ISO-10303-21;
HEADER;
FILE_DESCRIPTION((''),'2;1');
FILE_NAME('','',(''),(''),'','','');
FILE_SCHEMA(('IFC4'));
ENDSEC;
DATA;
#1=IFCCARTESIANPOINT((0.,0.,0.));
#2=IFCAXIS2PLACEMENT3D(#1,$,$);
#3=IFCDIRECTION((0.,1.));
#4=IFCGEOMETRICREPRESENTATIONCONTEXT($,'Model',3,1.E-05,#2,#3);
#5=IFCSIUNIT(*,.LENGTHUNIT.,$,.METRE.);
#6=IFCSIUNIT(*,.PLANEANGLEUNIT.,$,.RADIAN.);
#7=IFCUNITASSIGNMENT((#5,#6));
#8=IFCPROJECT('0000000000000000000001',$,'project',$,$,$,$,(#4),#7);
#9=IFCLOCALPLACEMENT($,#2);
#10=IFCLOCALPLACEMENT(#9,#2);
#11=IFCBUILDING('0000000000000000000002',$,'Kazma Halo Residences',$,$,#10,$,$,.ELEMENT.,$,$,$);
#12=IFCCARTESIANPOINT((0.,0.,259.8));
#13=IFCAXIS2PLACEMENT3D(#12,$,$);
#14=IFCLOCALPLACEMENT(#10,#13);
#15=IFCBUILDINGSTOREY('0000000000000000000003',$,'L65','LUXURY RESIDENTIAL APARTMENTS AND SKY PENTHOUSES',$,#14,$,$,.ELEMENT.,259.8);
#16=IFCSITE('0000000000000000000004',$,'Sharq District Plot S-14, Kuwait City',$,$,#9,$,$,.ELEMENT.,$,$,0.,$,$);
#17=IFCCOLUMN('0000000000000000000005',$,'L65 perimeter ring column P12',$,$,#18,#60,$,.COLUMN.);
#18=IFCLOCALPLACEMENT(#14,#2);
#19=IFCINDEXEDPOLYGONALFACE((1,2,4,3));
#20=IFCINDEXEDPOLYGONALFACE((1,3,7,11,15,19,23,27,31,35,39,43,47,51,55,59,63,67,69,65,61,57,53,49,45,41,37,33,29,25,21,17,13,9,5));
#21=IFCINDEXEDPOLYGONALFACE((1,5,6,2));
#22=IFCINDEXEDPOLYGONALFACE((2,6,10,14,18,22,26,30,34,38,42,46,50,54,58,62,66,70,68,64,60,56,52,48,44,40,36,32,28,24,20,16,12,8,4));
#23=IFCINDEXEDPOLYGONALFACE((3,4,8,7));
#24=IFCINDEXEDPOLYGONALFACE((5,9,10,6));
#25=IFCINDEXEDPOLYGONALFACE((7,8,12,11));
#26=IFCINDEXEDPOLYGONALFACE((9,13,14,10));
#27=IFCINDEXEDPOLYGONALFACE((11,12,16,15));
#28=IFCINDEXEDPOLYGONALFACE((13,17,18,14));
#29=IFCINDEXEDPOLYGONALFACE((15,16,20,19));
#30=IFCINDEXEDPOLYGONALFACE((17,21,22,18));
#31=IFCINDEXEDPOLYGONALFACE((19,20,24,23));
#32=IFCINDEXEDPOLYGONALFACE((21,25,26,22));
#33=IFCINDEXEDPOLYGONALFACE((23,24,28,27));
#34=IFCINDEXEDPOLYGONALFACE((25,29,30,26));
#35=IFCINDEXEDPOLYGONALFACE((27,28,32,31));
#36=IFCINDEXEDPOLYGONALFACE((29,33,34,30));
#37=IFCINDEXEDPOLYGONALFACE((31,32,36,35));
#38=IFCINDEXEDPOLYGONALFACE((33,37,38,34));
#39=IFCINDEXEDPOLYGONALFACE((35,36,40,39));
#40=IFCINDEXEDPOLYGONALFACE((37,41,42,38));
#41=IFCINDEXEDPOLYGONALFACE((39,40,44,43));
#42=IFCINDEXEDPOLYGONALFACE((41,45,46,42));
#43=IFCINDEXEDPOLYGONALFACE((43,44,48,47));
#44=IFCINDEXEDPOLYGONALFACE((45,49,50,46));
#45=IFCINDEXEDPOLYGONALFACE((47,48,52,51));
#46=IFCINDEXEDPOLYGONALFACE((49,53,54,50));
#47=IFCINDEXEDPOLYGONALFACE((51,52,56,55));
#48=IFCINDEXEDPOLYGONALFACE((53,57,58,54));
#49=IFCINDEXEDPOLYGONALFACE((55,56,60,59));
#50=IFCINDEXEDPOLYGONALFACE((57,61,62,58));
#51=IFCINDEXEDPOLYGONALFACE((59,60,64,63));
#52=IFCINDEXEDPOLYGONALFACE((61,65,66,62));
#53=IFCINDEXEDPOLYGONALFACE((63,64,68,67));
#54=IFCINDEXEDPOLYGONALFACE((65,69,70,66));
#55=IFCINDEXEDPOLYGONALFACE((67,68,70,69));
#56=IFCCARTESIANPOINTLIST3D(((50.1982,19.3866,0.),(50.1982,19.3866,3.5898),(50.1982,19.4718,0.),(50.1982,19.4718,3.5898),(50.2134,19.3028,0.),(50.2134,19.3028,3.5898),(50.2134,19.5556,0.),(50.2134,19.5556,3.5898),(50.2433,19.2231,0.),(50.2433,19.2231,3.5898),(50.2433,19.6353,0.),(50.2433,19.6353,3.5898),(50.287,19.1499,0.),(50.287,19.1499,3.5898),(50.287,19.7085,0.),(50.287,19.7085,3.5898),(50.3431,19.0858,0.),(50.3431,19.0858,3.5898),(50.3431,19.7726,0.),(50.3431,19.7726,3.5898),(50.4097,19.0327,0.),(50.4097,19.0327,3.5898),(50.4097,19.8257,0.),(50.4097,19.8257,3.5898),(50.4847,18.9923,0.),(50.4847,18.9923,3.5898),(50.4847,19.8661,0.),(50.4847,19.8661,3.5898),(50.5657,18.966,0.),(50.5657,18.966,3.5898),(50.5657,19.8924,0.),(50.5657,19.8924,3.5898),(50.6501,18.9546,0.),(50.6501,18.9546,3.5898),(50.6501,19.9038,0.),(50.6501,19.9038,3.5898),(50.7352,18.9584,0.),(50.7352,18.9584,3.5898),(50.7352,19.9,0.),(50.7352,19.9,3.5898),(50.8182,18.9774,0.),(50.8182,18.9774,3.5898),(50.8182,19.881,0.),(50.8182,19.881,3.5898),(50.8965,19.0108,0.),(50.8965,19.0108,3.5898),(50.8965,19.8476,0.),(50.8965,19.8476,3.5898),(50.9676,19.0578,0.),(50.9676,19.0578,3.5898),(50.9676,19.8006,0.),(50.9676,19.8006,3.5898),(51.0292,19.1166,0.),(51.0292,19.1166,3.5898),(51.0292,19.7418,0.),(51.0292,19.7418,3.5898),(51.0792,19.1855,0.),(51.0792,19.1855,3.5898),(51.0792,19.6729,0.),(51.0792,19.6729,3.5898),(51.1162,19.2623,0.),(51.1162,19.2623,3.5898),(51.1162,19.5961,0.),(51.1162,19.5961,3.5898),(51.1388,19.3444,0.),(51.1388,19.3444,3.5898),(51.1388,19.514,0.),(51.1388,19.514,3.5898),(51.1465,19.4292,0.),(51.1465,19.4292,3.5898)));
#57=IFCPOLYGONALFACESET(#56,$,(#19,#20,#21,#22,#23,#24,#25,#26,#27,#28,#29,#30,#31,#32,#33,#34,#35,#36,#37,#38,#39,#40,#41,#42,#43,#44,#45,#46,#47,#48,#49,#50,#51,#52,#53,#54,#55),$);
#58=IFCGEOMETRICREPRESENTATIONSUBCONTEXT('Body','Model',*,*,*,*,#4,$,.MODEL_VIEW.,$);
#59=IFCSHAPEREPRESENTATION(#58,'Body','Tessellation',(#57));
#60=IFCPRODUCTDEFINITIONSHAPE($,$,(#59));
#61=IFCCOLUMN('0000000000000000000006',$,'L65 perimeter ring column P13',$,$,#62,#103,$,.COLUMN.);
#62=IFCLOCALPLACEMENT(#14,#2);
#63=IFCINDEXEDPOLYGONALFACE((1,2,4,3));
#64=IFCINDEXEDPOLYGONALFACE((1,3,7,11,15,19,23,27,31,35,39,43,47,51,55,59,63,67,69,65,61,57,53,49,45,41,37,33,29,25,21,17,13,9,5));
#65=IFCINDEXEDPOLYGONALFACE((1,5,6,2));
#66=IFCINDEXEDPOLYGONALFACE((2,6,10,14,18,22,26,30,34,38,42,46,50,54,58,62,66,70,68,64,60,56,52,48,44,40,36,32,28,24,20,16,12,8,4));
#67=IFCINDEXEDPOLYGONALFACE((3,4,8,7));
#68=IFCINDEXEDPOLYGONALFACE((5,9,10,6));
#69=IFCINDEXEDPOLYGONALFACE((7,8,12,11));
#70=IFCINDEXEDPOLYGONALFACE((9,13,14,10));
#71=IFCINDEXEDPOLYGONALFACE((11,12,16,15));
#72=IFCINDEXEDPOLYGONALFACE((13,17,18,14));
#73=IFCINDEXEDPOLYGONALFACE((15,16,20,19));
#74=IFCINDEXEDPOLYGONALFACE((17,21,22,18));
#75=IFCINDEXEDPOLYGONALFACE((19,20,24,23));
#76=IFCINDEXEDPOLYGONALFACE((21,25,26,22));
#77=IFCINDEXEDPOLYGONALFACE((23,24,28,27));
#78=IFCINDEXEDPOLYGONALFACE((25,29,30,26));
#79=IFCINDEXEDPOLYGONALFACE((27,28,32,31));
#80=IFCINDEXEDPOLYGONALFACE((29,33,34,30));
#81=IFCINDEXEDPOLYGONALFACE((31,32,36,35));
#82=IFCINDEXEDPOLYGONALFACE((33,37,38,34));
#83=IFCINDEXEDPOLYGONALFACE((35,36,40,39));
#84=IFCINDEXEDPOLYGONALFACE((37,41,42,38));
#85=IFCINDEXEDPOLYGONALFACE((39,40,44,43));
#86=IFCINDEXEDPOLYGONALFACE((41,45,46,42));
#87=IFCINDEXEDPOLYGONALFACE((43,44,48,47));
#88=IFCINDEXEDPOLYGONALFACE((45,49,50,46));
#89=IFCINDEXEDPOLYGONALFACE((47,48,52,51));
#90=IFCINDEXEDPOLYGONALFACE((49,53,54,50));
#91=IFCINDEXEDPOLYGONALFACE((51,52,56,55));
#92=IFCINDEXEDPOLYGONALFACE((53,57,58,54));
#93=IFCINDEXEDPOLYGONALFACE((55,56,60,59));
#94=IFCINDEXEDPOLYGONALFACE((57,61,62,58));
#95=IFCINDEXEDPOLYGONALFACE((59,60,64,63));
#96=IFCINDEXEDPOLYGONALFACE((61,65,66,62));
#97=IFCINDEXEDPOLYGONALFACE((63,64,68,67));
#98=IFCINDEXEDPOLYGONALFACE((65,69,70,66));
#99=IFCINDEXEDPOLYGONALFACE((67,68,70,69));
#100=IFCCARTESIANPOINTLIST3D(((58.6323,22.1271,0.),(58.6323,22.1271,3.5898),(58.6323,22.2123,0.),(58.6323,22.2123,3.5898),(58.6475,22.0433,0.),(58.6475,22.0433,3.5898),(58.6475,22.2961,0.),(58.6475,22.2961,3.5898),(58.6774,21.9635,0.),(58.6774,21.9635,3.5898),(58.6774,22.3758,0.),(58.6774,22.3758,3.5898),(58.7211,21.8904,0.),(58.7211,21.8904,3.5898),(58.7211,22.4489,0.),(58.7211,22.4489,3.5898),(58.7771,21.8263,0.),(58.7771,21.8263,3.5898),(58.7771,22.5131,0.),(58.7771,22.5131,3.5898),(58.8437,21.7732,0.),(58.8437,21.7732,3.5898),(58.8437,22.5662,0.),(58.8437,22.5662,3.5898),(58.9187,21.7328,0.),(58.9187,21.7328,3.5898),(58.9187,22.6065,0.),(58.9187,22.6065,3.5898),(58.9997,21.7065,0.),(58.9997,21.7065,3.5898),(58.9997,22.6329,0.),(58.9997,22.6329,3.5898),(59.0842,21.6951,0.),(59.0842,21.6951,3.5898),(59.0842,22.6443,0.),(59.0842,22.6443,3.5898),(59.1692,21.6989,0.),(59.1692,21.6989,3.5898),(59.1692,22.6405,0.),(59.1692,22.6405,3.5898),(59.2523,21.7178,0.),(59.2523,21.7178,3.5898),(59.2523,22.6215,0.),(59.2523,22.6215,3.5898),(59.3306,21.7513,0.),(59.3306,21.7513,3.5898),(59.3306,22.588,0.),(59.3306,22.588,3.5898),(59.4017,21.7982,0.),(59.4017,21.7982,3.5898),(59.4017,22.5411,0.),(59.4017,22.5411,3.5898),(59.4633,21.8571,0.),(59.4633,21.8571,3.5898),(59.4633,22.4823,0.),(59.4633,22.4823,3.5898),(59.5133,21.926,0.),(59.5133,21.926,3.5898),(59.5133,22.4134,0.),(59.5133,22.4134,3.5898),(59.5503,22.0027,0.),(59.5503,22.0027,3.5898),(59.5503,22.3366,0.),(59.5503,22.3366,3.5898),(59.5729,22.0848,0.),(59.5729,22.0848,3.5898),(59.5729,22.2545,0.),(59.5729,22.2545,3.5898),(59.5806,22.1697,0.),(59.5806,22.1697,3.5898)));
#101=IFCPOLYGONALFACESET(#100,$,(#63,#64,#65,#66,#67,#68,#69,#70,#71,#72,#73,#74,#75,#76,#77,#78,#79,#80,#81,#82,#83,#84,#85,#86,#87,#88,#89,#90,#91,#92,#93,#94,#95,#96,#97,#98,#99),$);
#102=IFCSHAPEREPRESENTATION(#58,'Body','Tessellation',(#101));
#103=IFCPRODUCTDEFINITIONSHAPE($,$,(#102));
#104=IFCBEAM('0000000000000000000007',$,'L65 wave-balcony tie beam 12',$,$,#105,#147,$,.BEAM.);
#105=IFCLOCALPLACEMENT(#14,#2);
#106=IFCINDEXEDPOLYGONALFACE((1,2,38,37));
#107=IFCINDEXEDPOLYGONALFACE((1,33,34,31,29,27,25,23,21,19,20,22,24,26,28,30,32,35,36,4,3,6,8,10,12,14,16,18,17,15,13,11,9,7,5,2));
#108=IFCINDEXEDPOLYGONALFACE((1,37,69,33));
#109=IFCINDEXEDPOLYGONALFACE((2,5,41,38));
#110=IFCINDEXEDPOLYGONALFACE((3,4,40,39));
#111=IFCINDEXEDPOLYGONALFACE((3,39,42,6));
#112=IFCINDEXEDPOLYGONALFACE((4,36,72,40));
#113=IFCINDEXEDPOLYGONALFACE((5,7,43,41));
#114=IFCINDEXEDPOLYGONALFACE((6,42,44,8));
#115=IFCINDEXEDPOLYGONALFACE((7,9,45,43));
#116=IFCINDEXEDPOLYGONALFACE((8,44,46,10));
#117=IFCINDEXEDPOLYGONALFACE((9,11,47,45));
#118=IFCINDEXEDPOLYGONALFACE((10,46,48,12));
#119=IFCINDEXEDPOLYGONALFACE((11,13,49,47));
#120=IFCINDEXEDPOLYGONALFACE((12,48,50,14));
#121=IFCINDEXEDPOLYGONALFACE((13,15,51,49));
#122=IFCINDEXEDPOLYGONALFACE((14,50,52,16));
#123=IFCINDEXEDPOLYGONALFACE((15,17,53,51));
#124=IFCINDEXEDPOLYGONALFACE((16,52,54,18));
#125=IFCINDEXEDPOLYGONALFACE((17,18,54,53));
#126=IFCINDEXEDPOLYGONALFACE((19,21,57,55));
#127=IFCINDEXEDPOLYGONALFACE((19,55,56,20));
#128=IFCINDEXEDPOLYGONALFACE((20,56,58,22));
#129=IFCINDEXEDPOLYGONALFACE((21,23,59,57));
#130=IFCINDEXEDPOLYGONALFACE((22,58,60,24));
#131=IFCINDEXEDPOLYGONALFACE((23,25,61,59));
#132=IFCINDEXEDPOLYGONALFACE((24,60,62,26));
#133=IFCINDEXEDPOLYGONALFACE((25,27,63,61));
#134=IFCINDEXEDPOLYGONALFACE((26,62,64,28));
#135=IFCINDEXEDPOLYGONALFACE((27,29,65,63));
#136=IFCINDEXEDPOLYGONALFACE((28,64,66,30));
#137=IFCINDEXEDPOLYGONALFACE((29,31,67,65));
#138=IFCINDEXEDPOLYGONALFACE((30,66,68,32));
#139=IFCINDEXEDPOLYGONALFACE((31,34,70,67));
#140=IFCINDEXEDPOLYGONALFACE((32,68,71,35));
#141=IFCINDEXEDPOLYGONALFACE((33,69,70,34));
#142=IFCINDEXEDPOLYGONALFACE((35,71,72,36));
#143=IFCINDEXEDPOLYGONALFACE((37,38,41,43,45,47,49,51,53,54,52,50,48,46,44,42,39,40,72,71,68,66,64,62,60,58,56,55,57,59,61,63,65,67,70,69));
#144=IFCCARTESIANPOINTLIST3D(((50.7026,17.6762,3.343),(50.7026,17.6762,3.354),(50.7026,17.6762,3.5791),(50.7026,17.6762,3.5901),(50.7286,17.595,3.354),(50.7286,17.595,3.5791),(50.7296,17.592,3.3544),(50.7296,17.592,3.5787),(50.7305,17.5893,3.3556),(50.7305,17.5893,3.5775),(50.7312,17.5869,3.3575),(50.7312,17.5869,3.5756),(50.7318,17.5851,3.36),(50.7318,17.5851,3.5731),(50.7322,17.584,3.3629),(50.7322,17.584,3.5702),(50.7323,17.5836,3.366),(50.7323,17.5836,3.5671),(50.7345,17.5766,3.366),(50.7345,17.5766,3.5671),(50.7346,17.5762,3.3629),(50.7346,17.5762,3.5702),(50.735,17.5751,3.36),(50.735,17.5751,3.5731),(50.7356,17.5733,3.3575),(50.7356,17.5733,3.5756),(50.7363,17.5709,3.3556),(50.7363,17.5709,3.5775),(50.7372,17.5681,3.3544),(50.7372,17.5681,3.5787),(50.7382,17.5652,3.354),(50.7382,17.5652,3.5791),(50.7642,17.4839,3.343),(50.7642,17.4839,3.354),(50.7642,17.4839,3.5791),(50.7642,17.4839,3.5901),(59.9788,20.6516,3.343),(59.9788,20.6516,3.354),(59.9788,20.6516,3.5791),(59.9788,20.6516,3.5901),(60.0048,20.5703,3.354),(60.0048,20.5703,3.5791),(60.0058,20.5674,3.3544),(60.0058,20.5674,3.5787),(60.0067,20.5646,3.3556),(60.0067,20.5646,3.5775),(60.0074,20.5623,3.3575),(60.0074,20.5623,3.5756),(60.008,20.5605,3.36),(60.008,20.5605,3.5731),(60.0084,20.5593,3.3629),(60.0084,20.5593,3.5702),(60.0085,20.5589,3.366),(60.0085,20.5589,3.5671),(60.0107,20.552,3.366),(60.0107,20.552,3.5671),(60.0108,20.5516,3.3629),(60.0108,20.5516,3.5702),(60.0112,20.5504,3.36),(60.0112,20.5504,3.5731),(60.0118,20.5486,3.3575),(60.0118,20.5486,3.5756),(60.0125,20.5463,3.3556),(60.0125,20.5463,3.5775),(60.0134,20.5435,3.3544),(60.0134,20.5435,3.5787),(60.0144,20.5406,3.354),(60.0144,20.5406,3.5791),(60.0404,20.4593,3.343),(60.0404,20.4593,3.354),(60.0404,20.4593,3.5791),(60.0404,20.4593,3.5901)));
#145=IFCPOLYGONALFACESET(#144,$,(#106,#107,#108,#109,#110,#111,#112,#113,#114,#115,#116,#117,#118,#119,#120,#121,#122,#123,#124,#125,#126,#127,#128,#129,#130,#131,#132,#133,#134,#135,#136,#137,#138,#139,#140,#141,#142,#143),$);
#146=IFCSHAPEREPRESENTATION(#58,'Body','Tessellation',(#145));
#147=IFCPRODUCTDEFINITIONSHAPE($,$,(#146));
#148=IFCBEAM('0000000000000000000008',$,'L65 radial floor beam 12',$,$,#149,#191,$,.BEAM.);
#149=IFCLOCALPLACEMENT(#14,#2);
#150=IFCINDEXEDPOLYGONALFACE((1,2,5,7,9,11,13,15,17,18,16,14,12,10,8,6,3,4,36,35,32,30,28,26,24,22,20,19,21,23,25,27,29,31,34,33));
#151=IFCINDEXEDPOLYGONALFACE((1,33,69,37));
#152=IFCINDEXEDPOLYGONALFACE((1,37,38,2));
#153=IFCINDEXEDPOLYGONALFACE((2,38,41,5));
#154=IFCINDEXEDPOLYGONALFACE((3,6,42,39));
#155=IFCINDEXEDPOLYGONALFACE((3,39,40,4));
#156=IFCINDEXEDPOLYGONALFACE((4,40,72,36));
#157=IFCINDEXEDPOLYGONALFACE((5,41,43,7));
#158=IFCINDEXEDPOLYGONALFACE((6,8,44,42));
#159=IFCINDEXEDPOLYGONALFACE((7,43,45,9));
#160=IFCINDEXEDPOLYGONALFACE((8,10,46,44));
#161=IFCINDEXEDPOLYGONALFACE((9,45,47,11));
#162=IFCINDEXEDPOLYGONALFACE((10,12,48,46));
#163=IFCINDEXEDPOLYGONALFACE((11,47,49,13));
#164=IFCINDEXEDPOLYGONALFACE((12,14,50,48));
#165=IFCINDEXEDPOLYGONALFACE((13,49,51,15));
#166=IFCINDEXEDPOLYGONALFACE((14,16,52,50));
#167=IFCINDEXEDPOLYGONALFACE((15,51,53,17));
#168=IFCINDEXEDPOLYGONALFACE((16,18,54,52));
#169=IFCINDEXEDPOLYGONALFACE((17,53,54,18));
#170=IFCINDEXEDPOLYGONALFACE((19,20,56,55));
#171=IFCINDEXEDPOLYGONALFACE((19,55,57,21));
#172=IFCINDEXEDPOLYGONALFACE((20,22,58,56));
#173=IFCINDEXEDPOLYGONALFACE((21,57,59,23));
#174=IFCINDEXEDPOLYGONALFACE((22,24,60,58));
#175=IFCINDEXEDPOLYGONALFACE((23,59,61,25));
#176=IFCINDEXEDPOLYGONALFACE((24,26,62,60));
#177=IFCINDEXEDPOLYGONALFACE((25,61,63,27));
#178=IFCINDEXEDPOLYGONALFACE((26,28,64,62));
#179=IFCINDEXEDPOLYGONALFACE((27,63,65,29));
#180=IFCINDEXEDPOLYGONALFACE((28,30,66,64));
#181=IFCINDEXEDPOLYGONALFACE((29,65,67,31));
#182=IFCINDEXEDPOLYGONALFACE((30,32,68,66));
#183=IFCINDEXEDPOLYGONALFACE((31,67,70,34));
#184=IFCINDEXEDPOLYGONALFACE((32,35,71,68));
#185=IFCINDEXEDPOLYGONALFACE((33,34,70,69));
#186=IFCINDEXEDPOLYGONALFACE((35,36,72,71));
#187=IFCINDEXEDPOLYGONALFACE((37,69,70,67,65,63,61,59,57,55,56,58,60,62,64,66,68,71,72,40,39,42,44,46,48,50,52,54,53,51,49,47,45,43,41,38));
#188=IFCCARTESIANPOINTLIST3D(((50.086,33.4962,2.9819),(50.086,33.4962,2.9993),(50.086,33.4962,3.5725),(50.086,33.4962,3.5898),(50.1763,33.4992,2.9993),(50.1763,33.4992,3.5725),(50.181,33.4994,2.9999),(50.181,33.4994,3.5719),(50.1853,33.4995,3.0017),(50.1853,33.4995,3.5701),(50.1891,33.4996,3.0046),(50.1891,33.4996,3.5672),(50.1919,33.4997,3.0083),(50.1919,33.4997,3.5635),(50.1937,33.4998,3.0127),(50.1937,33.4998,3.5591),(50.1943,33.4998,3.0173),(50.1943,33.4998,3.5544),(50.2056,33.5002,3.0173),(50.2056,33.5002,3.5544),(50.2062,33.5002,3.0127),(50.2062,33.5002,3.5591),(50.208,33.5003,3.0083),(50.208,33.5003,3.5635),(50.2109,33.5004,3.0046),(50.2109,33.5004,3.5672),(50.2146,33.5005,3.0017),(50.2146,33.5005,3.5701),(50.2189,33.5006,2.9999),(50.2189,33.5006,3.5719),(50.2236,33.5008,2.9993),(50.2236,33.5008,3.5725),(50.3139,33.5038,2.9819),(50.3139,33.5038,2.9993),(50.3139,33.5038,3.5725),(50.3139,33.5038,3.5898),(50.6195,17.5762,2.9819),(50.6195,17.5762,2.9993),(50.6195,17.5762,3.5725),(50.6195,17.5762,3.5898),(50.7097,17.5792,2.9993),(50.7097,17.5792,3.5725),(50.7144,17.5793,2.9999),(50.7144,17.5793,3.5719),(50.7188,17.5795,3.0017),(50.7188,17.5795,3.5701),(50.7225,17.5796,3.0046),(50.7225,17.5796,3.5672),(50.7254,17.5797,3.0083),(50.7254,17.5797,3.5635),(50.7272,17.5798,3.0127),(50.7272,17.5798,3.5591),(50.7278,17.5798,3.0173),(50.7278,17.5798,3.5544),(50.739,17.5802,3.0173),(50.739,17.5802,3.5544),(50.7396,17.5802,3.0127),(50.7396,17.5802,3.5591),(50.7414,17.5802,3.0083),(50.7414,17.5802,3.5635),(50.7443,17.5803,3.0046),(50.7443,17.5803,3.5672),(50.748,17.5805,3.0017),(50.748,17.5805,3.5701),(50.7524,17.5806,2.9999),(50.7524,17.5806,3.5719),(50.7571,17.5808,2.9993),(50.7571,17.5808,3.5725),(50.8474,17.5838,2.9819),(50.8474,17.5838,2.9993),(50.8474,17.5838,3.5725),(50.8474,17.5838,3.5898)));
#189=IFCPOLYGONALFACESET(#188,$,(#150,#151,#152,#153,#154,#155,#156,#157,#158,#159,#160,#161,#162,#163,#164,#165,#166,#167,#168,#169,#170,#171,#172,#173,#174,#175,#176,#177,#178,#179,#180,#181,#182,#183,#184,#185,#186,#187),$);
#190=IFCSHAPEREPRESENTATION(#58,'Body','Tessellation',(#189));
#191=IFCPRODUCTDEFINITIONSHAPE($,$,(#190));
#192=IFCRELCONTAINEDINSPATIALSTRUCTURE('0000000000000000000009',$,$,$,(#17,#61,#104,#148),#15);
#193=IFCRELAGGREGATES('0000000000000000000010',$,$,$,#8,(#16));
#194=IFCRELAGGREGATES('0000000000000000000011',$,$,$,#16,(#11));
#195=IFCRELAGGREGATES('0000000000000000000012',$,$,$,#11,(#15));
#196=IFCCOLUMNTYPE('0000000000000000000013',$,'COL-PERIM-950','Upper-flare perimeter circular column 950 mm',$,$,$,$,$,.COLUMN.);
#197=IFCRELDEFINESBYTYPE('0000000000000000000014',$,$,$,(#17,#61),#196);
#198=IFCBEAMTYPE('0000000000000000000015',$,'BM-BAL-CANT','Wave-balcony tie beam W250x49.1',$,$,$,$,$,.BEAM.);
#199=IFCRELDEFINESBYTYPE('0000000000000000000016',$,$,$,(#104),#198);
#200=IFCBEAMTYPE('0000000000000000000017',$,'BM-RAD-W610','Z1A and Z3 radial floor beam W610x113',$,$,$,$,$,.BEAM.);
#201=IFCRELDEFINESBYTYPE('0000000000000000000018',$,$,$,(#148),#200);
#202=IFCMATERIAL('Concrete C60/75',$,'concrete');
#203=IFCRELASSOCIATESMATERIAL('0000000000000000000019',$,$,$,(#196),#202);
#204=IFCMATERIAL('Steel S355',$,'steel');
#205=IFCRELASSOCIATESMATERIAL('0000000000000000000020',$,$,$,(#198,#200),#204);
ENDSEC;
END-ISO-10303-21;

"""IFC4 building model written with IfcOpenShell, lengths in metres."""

from ifc_helpers import new_model, si_unit, direction, frame, origin, origin_2d, place, context, subcontext, project, spatial, circle, i_section, extrude, material, material_profile, profile_set, type_object, element, save


model = new_model("IFC4")

# Units and contexts
model_context = context("Model", 3, precision=1e-05, world=origin(), true_north=direction((0.0, 1.0)))
body_context = subcontext(model_context, "Body", "Model", "MODEL_VIEW")
ifc_project = project(units=[si_unit("LENGTHUNIT", "METRE"), si_unit("PLANEANGLEUNIT", "RADIAN")], contexts=[model_context])

# Site, building, storey
site_placement = place(None, origin())
site = spatial("IfcSite", under=ifc_project, at=site_placement, Name="Sharq District Plot S-14, Kuwait City", CompositionType="ELEMENT", RefElevation=0.0)
building_placement = place(site_placement, origin())
building = spatial("IfcBuilding", under=site, at=building_placement, Name="Kazma Halo Residences", CompositionType="ELEMENT")
storey_placement = place(building_placement, frame((0.0, 0.0, 259.8)))
storey = spatial("IfcBuildingStorey", under=building, at=storey_placement, Name="L65", Description="LUXURY RESIDENTIAL APARTMENTS AND SKY PENTHOUSES", CompositionType="ELEMENT", Elevation=259.8)

# Columns
ifc_material_1 = material(Name="Concrete C60/75", Category="concrete")
ifc_material_profile_1 = material_profile(ifc_material_1, circle(Radius=0.4751, at=origin_2d()), Name="CIRC950")
ifc_profile_set_1 = profile_set([ifc_material_profile_1], Name="Concrete C60/75")
column_type = type_object("IfcColumnType", Name="COL-PERIM-950", Description="Upper-flare perimeter circular column 950 mm", PredefinedType="COLUMN", material=ifc_profile_set_1)
for number, where, z_axis, x_axis, name in (
    (1, (50.6714, 19.4292, 0.0), (0.0, 0.0, 1.0), (1.0, 0.0, 0.0), "L65 perimeter ring column P12"),
    (2, (59.1055, 22.1697, 0.0), (0.0, 0.0, 1.0), (1.0, 0.0, 0.0), "L65 perimeter ring column P13"),
):
    element("IfcColumn", number, at=place(storey_placement, frame(where, z_axis=z_axis, x_axis=x_axis)), inside=storey, type_object=column_type, Name=name, PredefinedType="COLUMN", context=body_context, shape_type="SweptSolid", body=[
        extrude(circle(Radius=0.4751, at=origin_2d()), origin(), (0.0, 0.0, 1.0), 3.5898),
    ])

# Beams
ifc_material_2 = material(Name="Steel S355", Category="steel")
ifc_material_profile_2 = material_profile(ifc_material_2, i_section(OverallWidth=0.2019, OverallDepth=0.2471, WebThickness=0.0073, FlangeThickness=0.011, FilletRadius=0.012, at=origin_2d()), Name="W250x49.1")
ifc_profile_set_2 = profile_set([ifc_material_profile_2], Name="Steel S355")
beam_type_1 = type_object("IfcBeamType", Name="BM-BAL-CANT", Description="Wave-balcony tie beam W250x49.1", PredefinedType="BEAM", material=ifc_profile_set_2)
beam_1_placement = place(storey_placement, frame((50.7334, 17.5801, 3.4666), z_axis=(0.952216, 0.305426, 0.0), x_axis=(-0.305426, 0.952216, 0.0)))
element("IfcBeam", 3, at=beam_1_placement, inside=storey, type_object=beam_type_1, Name="L65 wave-balcony tie beam 12", PredefinedType="BEAM", context=body_context, shape_type="SweptSolid", body=[
    extrude(i_section(OverallWidth=0.2019, OverallDepth=0.2471, WebThickness=0.0073, FlangeThickness=0.011, FilletRadius=0.012, at=origin_2d()), origin(), (0.0, 0.0, 1.0), 9.7417),
])
ifc_material_profile_3 = material_profile(ifc_material_2, i_section(OverallWidth=0.228, OverallDepth=0.6079, WebThickness=0.0112, FlangeThickness=0.0173, FilletRadius=0.0181, at=origin_2d()), Name="W610x113")
ifc_profile_set_3 = profile_set([ifc_material_profile_3], Name="Steel S355")
beam_type_2 = type_object("IfcBeamType", Name="BM-RAD-W610", Description="Z1A and Z3 radial floor beam W610x113", PredefinedType="BEAM", material=ifc_profile_set_3)
beam_2_placement = place(storey_placement, frame((50.2, 33.5, 3.2859), z_axis=(0.033489, -0.999439, 0.0), x_axis=(0.999439, 0.033489, 0.0)))
element("IfcBeam", 4, at=beam_2_placement, inside=storey, type_object=beam_type_2, Name="L65 radial floor beam 12", PredefinedType="BEAM", context=body_context, shape_type="SweptSolid", body=[
    extrude(i_section(OverallWidth=0.228, OverallDepth=0.6079, WebThickness=0.0112, FlangeThickness=0.0173, FilletRadius=0.0181, at=origin_2d()), origin(), (0.0, 0.0, 1.0), 15.929),
])

save(model, "model.ifc")
